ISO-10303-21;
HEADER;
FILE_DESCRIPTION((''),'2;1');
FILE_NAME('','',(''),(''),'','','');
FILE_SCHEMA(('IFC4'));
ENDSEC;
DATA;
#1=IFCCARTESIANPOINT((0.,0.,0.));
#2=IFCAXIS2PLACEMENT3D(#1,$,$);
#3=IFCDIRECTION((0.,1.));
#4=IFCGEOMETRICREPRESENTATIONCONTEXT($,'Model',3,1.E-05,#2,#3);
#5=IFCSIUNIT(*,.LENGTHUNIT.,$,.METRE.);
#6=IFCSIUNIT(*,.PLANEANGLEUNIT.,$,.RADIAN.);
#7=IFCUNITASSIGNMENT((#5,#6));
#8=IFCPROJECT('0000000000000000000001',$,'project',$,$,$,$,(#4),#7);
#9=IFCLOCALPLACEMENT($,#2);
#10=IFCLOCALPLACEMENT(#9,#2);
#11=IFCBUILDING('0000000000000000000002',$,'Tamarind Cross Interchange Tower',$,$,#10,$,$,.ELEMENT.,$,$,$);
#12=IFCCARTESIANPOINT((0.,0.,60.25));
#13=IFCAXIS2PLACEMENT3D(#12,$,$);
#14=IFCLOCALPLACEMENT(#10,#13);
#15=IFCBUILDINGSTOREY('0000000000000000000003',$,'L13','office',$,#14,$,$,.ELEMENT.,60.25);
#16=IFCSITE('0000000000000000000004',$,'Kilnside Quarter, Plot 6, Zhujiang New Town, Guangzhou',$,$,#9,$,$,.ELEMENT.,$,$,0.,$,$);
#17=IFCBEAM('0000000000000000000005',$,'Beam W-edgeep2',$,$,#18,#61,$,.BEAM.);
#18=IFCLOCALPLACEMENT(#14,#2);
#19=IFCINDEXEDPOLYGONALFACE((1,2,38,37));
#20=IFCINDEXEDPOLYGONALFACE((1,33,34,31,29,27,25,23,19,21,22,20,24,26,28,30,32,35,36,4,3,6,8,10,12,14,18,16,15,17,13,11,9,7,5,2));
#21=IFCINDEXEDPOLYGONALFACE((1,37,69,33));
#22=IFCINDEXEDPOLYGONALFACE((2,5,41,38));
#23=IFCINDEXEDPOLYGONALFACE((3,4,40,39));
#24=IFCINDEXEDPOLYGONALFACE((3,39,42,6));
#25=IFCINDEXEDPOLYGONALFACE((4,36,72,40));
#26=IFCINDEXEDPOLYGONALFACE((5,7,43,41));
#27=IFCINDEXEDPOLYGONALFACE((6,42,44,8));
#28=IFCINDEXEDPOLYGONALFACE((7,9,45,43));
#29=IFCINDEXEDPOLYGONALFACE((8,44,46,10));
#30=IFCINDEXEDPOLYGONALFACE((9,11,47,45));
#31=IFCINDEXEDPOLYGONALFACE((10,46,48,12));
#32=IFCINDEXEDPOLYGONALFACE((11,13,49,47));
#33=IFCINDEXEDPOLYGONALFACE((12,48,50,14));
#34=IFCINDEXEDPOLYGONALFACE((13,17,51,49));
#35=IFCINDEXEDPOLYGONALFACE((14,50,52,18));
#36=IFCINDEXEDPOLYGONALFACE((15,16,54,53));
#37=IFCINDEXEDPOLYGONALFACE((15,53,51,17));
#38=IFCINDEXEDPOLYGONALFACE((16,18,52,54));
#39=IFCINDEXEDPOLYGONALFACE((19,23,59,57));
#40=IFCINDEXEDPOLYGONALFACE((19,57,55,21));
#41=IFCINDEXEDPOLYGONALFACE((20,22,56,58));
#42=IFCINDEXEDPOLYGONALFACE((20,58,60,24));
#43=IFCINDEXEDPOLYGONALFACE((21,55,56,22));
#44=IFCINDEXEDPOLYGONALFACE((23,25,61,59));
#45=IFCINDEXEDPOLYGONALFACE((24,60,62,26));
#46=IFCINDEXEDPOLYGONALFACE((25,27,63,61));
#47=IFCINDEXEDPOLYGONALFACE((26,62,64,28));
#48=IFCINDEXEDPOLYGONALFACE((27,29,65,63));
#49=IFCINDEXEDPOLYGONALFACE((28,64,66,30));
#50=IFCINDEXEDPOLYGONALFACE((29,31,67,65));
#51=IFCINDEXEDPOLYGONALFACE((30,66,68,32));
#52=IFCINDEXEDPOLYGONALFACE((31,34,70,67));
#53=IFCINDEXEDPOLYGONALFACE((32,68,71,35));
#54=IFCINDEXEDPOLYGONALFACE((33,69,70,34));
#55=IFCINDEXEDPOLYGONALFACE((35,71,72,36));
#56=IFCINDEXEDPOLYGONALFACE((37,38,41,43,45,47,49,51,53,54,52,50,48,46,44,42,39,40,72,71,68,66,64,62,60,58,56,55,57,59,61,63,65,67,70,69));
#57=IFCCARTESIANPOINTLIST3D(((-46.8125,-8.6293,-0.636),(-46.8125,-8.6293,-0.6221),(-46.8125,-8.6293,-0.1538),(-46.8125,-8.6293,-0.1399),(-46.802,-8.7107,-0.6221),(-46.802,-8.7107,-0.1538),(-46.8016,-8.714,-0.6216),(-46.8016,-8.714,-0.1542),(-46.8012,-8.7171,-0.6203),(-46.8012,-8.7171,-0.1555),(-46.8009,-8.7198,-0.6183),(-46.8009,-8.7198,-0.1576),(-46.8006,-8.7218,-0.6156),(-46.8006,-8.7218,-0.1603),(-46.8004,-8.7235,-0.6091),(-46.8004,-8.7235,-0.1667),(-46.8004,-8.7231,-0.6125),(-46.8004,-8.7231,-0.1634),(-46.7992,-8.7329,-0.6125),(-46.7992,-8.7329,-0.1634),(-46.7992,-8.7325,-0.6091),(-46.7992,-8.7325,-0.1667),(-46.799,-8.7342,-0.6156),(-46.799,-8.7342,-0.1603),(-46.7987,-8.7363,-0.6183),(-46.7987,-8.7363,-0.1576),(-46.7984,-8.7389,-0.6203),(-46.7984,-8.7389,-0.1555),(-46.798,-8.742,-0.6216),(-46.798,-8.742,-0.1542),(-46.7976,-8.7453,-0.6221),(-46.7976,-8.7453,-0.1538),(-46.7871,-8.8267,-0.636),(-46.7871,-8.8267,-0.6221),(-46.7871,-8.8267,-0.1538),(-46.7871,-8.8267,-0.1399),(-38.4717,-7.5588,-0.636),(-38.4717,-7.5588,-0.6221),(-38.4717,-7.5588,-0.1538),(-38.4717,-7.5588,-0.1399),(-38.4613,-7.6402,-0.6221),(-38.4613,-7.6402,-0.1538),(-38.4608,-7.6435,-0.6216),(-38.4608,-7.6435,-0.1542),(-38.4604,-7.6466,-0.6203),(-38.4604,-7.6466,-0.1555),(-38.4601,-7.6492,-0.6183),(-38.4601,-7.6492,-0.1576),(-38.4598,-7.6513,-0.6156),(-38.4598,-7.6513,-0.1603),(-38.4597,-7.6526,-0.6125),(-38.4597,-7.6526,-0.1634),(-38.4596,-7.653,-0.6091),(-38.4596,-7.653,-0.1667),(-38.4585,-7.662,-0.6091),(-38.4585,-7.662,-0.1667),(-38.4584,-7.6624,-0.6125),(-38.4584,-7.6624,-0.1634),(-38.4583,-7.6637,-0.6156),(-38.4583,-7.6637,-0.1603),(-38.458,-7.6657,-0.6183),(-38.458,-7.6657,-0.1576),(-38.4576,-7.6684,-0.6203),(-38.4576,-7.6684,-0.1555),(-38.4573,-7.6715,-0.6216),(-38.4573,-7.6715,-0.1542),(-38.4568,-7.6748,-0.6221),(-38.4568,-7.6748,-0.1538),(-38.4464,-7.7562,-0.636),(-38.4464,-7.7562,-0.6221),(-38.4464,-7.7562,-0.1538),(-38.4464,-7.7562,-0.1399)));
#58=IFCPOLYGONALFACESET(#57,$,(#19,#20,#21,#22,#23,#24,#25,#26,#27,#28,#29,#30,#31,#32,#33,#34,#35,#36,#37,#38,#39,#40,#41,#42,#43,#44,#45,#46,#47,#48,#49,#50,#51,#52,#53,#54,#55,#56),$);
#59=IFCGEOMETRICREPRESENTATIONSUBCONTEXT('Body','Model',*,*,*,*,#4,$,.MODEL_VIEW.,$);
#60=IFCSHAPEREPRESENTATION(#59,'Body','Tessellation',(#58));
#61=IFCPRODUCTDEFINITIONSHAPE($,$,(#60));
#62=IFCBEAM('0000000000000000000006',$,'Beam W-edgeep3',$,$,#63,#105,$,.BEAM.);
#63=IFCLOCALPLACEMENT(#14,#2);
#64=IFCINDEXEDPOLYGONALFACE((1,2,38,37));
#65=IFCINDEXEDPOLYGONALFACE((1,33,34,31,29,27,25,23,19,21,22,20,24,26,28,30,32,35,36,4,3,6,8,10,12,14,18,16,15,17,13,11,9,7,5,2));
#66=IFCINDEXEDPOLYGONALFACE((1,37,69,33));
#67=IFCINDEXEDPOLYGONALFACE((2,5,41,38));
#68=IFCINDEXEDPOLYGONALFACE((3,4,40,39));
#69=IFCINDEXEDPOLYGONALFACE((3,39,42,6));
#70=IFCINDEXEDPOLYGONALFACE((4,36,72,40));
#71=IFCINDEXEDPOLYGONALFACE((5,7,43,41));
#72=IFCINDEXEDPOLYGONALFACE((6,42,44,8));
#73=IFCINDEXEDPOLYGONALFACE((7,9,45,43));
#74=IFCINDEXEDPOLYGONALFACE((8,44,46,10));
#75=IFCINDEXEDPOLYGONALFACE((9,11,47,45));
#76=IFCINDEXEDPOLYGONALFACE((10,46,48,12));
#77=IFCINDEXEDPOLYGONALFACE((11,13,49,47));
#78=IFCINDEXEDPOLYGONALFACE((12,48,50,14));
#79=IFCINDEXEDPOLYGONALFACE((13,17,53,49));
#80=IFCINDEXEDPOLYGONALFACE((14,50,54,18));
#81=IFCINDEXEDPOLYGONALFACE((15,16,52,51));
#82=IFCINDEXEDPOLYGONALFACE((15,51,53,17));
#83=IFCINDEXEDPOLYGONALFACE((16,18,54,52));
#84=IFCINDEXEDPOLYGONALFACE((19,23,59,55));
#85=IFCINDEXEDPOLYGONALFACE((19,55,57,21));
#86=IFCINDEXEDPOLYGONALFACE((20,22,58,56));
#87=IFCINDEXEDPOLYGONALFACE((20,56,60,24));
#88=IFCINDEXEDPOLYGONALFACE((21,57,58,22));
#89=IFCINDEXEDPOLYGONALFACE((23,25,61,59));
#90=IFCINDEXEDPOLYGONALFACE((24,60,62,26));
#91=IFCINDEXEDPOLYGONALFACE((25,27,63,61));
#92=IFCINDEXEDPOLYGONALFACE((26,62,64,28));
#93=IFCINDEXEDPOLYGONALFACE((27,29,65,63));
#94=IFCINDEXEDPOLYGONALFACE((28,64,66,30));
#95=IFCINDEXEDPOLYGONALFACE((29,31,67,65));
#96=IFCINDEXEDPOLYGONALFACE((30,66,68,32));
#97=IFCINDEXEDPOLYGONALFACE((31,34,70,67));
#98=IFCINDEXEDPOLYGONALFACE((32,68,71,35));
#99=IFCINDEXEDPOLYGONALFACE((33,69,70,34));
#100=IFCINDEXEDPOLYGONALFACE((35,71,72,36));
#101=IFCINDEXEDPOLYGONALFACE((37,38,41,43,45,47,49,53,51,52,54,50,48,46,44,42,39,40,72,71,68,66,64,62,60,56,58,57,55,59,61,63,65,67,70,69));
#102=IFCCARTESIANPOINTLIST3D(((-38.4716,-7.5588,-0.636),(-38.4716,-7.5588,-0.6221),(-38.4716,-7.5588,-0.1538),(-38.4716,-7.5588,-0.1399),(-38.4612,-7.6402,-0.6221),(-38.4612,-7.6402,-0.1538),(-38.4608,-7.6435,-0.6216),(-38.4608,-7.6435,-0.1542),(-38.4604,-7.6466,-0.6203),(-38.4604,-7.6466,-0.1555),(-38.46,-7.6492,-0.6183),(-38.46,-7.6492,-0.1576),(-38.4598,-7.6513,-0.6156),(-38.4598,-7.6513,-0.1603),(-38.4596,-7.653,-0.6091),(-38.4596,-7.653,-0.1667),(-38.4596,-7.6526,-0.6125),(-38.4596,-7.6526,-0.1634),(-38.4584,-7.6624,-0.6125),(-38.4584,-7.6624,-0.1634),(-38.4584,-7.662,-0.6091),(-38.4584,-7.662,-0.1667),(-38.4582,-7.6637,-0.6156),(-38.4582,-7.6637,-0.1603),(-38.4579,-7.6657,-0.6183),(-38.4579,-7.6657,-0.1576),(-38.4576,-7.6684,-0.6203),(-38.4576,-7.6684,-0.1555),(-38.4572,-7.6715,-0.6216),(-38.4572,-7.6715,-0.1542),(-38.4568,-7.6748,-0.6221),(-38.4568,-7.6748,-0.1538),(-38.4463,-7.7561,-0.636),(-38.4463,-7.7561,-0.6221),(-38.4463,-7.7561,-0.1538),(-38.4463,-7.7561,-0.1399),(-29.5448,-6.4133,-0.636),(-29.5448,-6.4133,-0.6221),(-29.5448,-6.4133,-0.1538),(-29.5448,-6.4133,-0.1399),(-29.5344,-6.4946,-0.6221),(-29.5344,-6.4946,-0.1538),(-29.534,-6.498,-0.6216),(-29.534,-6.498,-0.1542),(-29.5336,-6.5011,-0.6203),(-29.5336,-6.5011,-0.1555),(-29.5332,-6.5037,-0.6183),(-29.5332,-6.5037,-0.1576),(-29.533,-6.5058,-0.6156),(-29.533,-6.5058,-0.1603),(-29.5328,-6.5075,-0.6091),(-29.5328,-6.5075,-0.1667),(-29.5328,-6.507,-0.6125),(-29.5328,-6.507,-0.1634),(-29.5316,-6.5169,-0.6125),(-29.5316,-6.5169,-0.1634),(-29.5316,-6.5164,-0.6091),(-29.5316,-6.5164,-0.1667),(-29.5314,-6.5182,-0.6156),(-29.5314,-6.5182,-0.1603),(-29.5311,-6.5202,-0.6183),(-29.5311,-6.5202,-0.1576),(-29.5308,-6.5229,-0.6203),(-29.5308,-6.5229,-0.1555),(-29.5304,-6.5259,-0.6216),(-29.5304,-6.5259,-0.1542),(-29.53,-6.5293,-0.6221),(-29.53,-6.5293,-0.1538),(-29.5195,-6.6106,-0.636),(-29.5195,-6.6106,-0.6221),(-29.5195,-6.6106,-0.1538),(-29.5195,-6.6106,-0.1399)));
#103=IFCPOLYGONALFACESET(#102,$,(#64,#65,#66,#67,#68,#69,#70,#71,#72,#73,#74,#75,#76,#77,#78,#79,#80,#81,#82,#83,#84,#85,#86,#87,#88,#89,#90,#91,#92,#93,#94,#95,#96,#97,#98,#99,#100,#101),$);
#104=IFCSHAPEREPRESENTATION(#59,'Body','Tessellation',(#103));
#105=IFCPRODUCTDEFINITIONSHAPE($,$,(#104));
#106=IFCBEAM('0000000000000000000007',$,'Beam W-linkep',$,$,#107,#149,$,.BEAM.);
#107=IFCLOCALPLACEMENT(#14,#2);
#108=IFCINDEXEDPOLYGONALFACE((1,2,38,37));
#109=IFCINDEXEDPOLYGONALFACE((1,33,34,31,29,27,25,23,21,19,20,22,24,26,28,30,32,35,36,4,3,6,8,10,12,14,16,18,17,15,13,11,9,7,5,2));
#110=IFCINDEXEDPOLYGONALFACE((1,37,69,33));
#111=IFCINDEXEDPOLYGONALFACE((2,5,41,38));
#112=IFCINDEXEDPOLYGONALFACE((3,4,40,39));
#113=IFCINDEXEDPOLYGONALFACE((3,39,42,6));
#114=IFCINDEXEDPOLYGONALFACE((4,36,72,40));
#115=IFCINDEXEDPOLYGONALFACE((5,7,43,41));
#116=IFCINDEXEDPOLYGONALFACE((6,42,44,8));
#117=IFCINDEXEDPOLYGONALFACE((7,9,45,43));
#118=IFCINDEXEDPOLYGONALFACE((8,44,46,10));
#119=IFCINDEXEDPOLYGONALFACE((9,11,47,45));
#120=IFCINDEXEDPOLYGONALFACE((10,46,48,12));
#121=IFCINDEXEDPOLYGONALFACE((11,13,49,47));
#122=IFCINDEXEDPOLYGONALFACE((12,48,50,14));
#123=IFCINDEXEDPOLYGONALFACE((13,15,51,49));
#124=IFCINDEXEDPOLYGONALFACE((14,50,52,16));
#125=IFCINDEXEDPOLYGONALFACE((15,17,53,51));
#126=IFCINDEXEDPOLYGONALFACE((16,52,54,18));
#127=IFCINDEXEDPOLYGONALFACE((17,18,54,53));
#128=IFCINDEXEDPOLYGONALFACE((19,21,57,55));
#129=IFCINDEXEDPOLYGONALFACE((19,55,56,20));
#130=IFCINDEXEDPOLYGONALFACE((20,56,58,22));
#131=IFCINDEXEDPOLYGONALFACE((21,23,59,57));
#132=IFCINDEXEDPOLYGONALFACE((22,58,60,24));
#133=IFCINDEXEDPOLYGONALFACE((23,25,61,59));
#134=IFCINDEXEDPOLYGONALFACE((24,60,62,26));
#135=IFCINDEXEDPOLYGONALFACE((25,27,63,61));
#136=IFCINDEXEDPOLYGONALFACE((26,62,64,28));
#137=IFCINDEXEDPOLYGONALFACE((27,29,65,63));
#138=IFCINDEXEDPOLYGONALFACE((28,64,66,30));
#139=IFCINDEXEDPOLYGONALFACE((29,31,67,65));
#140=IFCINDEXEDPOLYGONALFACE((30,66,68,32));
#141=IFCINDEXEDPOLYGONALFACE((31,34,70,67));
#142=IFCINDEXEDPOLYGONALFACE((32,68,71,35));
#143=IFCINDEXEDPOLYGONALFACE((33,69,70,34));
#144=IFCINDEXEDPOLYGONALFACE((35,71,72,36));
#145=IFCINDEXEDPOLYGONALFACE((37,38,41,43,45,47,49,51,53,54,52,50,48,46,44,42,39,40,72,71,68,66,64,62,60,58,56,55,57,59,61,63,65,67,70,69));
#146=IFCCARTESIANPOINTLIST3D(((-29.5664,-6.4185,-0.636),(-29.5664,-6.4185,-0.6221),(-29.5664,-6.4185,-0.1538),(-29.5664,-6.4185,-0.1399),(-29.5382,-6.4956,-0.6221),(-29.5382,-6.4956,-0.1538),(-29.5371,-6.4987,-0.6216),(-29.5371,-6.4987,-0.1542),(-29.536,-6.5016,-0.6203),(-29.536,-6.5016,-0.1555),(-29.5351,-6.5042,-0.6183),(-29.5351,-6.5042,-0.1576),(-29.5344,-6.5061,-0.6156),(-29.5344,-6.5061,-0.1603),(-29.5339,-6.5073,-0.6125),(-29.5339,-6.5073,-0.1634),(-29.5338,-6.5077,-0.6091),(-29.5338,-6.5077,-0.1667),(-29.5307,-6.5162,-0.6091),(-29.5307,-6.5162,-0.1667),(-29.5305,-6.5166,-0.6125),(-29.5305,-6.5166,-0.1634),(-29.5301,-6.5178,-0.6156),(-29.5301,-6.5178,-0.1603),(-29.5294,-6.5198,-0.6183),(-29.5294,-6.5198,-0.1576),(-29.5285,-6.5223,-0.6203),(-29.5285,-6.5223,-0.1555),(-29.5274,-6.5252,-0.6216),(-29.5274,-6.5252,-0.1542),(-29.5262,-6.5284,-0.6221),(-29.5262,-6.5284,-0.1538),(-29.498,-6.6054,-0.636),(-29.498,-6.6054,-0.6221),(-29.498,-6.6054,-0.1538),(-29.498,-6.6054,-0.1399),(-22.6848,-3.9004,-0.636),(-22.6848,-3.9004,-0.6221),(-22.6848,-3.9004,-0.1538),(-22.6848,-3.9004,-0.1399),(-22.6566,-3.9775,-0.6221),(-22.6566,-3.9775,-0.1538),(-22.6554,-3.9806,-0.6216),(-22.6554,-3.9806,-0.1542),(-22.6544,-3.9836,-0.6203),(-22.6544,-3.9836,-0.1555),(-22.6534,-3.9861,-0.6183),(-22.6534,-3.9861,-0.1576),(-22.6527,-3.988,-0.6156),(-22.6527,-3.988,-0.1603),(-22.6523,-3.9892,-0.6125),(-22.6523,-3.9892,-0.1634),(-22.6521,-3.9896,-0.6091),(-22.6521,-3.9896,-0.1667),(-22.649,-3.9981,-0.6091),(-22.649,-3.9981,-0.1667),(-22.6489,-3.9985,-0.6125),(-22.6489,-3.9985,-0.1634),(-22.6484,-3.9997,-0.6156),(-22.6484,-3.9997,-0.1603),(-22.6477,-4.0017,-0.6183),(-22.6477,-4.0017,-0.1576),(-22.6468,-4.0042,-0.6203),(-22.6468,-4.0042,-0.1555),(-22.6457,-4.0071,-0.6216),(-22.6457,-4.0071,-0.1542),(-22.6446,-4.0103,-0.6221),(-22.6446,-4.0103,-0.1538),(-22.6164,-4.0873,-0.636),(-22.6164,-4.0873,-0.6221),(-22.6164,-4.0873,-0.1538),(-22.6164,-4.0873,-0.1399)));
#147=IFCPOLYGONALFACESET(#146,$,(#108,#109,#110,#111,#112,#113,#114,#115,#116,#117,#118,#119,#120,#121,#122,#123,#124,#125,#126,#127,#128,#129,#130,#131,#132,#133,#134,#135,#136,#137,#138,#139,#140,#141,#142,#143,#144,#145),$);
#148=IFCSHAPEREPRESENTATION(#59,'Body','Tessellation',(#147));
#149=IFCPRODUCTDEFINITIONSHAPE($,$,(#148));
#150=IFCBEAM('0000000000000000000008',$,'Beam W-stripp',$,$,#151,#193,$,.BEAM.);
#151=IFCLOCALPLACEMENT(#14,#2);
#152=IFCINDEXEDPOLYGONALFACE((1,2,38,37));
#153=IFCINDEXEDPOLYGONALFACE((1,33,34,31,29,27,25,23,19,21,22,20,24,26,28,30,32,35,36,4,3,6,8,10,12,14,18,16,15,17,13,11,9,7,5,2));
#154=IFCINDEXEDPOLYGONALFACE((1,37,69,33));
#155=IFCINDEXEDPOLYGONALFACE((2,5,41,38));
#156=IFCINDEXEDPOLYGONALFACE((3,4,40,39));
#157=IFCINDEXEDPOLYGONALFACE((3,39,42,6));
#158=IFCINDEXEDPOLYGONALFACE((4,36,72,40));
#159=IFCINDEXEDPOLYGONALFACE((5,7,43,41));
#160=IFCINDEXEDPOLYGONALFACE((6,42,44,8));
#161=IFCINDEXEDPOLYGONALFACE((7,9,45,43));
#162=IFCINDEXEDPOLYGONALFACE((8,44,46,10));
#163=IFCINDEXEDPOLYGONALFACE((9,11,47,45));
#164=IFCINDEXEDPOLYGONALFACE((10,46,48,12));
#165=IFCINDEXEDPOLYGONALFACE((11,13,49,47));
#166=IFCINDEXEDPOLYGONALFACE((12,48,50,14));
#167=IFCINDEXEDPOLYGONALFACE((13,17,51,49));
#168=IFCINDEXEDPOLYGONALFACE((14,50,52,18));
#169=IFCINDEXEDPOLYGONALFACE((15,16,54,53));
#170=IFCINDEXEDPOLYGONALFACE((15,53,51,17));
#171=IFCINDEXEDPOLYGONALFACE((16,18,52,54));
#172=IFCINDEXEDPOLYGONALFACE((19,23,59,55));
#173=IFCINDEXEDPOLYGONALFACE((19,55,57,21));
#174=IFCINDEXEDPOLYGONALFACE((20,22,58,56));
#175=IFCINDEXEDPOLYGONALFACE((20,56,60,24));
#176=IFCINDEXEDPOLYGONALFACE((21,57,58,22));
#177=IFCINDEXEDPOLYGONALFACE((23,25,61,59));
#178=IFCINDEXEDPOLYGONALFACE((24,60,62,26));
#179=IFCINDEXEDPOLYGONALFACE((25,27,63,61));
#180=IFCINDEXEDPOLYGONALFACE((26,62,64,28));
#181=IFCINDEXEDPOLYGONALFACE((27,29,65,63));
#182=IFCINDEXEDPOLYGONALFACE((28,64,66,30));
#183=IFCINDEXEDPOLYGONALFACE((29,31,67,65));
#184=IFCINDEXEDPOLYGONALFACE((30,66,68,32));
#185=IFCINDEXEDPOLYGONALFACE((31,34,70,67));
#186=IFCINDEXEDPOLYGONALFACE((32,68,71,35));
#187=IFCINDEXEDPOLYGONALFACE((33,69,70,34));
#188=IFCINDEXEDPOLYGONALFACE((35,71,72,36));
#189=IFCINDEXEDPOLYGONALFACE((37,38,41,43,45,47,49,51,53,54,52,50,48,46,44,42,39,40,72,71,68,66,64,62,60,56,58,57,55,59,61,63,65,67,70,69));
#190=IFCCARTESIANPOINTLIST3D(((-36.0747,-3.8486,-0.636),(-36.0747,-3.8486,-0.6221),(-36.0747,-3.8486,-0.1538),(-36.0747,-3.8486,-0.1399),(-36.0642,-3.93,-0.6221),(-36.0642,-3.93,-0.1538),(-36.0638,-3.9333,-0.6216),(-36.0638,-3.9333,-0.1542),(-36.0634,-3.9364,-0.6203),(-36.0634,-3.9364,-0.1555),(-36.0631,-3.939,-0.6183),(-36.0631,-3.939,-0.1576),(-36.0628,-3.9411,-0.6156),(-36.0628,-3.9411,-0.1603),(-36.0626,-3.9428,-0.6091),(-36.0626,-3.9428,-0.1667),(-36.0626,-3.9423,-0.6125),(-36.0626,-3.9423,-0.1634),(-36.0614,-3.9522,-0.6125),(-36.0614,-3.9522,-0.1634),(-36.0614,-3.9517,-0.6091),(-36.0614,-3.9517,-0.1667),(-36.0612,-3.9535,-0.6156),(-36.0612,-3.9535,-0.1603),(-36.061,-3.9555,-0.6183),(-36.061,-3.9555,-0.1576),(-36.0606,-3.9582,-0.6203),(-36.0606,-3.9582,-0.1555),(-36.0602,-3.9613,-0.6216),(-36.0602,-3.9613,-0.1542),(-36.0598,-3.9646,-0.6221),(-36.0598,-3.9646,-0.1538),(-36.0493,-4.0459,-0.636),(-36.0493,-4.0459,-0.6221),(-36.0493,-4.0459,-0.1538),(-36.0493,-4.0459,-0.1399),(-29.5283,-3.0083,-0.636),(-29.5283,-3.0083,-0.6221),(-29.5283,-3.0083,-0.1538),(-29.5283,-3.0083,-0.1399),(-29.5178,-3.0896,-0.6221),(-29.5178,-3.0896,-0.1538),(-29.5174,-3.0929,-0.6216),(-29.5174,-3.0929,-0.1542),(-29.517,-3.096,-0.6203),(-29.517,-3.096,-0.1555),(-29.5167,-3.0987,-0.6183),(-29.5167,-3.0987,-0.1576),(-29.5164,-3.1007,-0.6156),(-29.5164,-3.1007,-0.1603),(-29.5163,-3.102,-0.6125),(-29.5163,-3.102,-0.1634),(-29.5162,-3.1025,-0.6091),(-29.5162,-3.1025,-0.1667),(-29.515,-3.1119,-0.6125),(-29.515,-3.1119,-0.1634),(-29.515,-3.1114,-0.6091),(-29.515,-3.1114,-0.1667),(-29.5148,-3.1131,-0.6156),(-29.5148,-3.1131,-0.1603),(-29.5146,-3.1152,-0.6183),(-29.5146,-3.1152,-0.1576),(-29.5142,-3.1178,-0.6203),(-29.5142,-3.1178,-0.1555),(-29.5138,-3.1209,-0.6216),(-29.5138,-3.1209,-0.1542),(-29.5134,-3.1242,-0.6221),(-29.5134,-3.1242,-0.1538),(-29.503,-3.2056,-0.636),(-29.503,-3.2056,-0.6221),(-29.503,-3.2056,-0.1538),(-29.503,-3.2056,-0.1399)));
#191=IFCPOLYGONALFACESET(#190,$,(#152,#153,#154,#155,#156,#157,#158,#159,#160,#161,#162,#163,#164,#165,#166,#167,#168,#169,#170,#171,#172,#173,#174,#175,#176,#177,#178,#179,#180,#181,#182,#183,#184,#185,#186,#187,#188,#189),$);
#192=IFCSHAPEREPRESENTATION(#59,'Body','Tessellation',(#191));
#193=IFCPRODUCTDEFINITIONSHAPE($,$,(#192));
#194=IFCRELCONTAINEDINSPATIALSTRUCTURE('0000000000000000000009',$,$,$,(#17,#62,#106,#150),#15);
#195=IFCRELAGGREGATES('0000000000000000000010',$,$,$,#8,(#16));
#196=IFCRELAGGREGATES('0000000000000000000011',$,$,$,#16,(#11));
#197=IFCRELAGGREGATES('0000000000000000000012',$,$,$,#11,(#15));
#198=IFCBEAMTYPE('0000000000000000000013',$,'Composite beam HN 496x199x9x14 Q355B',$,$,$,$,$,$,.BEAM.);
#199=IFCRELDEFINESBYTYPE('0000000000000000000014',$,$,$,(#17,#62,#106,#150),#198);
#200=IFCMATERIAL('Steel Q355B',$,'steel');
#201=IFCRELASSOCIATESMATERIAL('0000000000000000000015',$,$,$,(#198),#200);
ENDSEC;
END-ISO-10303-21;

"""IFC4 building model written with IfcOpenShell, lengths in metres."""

from ifc_helpers import new_model, si_unit, direction, frame, origin, origin_2d, place, context, subcontext, project, spatial, i_section, extrude, material, material_profile, profile_set, type_object, element, save


model = new_model("IFC4")

# Units and contexts
model_context = context("Model", 3, precision=1e-05, world=origin(), true_north=direction((0.0, 1.0)))
body_context = subcontext(model_context, "Body", "Model", "MODEL_VIEW")
ifc_project = project(units=[si_unit("LENGTHUNIT", "METRE"), si_unit("PLANEANGLEUNIT", "RADIAN")], contexts=[model_context])

# Site, building, storey
site_placement = place(None, origin())
site = spatial("IfcSite", under=ifc_project, at=site_placement, Name="Kilnside Quarter, Plot 6, Zhujiang New Town, Guangzhou", CompositionType="ELEMENT", RefElevation=0.0)
building_placement = place(site_placement, origin())
building = spatial("IfcBuilding", under=site, at=building_placement, Name="Tamarind Cross Interchange Tower", CompositionType="ELEMENT")
storey_placement = place(building_placement, frame((0.0, 0.0, 60.25)))
storey = spatial("IfcBuildingStorey", under=building, at=storey_placement, Name="L13", Description="office", CompositionType="ELEMENT", Elevation=60.25)

# Beams
ifc_material_1 = material(Name="Steel Q355B", Category="steel")
ifc_material_profile_1 = material_profile(ifc_material_1, i_section(OverallWidth=0.199, OverallDepth=0.4961, WebThickness=0.009, FlangeThickness=0.0139, FilletRadius=0.0129, at=origin_2d()), Name="HN 496x199x9x14")
ifc_profile_set_1 = profile_set([ifc_material_profile_1], Name="Steel Q355B")
beam_type_1 = type_object("IfcBeamType", Name="Composite beam HN 496x199x9x14 Q355B", PredefinedType="BEAM", material=ifc_profile_set_1)
beam_1_placement = place(storey_placement, frame((-46.7998, -8.728, -0.3879), z_axis=(0.991863, 0.127307, 0.0), x_axis=(-0.127307, 0.991863, 0.0)))
element("IfcBeam", 1, at=beam_1_placement, inside=storey, type_object=beam_type_1, Name="Beam W-edgeep2", PredefinedType="BEAM", context=body_context, shape_type="SweptSolid", body=[
    extrude(i_section(OverallWidth=0.199, OverallDepth=0.4961, WebThickness=0.009, FlangeThickness=0.0139, FilletRadius=0.0129, at=origin_2d()), origin(), (0.0, 0.0, 1.0), 8.4092),
])
beam_2_placement = place(storey_placement, frame((-38.459, -7.6575, -0.3879), z_axis=(0.991867, 0.127279, 0.0), x_axis=(-0.127279, 0.991867, 0.0)))
element("IfcBeam", 2, at=beam_2_placement, inside=storey, type_object=beam_type_1, Name="Beam W-edgeep3", PredefinedType="BEAM", context=body_context, shape_type="SweptSolid", body=[
    extrude(i_section(OverallWidth=0.199, OverallDepth=0.4961, WebThickness=0.009, FlangeThickness=0.0139, FilletRadius=0.0129, at=origin_2d()), origin(), (0.0, 0.0, 1.0), 9.0),
])
beam_3_placement = place(storey_placement, frame((-29.5322, -6.512, -0.3879), z_axis=(0.939105, 0.343631, 0.0), x_axis=(-0.343631, 0.939105, 0.0)))
element("IfcBeam", 3, at=beam_3_placement, inside=storey, type_object=beam_type_1, Name="Beam W-linkep", PredefinedType="BEAM", context=body_context, shape_type="SweptSolid", body=[
    extrude(i_section(OverallWidth=0.199, OverallDepth=0.4961, WebThickness=0.009, FlangeThickness=0.0139, FilletRadius=0.0129, at=origin_2d()), origin(), (0.0, 0.0, 1.0), 7.3279),
])
beam_4_placement = place(storey_placement, frame((-29.5156, -3.1069, -0.3879), z_axis=(-0.991862, -0.127321, 0.0), x_axis=(0.127321, -0.991862, 0.0)))
element("IfcBeam", 4, at=beam_4_placement, inside=storey, type_object=beam_type_1, Name="Beam W-stripp", PredefinedType="BEAM", context=body_context, shape_type="SweptSolid", body=[
    extrude(i_section(OverallWidth=0.199, OverallDepth=0.4961, WebThickness=0.009, FlangeThickness=0.0139, FilletRadius=0.0129, at=origin_2d()), origin(), (0.0, 0.0, 1.0), 6.6001),
])

save(model, "model.ifc")
